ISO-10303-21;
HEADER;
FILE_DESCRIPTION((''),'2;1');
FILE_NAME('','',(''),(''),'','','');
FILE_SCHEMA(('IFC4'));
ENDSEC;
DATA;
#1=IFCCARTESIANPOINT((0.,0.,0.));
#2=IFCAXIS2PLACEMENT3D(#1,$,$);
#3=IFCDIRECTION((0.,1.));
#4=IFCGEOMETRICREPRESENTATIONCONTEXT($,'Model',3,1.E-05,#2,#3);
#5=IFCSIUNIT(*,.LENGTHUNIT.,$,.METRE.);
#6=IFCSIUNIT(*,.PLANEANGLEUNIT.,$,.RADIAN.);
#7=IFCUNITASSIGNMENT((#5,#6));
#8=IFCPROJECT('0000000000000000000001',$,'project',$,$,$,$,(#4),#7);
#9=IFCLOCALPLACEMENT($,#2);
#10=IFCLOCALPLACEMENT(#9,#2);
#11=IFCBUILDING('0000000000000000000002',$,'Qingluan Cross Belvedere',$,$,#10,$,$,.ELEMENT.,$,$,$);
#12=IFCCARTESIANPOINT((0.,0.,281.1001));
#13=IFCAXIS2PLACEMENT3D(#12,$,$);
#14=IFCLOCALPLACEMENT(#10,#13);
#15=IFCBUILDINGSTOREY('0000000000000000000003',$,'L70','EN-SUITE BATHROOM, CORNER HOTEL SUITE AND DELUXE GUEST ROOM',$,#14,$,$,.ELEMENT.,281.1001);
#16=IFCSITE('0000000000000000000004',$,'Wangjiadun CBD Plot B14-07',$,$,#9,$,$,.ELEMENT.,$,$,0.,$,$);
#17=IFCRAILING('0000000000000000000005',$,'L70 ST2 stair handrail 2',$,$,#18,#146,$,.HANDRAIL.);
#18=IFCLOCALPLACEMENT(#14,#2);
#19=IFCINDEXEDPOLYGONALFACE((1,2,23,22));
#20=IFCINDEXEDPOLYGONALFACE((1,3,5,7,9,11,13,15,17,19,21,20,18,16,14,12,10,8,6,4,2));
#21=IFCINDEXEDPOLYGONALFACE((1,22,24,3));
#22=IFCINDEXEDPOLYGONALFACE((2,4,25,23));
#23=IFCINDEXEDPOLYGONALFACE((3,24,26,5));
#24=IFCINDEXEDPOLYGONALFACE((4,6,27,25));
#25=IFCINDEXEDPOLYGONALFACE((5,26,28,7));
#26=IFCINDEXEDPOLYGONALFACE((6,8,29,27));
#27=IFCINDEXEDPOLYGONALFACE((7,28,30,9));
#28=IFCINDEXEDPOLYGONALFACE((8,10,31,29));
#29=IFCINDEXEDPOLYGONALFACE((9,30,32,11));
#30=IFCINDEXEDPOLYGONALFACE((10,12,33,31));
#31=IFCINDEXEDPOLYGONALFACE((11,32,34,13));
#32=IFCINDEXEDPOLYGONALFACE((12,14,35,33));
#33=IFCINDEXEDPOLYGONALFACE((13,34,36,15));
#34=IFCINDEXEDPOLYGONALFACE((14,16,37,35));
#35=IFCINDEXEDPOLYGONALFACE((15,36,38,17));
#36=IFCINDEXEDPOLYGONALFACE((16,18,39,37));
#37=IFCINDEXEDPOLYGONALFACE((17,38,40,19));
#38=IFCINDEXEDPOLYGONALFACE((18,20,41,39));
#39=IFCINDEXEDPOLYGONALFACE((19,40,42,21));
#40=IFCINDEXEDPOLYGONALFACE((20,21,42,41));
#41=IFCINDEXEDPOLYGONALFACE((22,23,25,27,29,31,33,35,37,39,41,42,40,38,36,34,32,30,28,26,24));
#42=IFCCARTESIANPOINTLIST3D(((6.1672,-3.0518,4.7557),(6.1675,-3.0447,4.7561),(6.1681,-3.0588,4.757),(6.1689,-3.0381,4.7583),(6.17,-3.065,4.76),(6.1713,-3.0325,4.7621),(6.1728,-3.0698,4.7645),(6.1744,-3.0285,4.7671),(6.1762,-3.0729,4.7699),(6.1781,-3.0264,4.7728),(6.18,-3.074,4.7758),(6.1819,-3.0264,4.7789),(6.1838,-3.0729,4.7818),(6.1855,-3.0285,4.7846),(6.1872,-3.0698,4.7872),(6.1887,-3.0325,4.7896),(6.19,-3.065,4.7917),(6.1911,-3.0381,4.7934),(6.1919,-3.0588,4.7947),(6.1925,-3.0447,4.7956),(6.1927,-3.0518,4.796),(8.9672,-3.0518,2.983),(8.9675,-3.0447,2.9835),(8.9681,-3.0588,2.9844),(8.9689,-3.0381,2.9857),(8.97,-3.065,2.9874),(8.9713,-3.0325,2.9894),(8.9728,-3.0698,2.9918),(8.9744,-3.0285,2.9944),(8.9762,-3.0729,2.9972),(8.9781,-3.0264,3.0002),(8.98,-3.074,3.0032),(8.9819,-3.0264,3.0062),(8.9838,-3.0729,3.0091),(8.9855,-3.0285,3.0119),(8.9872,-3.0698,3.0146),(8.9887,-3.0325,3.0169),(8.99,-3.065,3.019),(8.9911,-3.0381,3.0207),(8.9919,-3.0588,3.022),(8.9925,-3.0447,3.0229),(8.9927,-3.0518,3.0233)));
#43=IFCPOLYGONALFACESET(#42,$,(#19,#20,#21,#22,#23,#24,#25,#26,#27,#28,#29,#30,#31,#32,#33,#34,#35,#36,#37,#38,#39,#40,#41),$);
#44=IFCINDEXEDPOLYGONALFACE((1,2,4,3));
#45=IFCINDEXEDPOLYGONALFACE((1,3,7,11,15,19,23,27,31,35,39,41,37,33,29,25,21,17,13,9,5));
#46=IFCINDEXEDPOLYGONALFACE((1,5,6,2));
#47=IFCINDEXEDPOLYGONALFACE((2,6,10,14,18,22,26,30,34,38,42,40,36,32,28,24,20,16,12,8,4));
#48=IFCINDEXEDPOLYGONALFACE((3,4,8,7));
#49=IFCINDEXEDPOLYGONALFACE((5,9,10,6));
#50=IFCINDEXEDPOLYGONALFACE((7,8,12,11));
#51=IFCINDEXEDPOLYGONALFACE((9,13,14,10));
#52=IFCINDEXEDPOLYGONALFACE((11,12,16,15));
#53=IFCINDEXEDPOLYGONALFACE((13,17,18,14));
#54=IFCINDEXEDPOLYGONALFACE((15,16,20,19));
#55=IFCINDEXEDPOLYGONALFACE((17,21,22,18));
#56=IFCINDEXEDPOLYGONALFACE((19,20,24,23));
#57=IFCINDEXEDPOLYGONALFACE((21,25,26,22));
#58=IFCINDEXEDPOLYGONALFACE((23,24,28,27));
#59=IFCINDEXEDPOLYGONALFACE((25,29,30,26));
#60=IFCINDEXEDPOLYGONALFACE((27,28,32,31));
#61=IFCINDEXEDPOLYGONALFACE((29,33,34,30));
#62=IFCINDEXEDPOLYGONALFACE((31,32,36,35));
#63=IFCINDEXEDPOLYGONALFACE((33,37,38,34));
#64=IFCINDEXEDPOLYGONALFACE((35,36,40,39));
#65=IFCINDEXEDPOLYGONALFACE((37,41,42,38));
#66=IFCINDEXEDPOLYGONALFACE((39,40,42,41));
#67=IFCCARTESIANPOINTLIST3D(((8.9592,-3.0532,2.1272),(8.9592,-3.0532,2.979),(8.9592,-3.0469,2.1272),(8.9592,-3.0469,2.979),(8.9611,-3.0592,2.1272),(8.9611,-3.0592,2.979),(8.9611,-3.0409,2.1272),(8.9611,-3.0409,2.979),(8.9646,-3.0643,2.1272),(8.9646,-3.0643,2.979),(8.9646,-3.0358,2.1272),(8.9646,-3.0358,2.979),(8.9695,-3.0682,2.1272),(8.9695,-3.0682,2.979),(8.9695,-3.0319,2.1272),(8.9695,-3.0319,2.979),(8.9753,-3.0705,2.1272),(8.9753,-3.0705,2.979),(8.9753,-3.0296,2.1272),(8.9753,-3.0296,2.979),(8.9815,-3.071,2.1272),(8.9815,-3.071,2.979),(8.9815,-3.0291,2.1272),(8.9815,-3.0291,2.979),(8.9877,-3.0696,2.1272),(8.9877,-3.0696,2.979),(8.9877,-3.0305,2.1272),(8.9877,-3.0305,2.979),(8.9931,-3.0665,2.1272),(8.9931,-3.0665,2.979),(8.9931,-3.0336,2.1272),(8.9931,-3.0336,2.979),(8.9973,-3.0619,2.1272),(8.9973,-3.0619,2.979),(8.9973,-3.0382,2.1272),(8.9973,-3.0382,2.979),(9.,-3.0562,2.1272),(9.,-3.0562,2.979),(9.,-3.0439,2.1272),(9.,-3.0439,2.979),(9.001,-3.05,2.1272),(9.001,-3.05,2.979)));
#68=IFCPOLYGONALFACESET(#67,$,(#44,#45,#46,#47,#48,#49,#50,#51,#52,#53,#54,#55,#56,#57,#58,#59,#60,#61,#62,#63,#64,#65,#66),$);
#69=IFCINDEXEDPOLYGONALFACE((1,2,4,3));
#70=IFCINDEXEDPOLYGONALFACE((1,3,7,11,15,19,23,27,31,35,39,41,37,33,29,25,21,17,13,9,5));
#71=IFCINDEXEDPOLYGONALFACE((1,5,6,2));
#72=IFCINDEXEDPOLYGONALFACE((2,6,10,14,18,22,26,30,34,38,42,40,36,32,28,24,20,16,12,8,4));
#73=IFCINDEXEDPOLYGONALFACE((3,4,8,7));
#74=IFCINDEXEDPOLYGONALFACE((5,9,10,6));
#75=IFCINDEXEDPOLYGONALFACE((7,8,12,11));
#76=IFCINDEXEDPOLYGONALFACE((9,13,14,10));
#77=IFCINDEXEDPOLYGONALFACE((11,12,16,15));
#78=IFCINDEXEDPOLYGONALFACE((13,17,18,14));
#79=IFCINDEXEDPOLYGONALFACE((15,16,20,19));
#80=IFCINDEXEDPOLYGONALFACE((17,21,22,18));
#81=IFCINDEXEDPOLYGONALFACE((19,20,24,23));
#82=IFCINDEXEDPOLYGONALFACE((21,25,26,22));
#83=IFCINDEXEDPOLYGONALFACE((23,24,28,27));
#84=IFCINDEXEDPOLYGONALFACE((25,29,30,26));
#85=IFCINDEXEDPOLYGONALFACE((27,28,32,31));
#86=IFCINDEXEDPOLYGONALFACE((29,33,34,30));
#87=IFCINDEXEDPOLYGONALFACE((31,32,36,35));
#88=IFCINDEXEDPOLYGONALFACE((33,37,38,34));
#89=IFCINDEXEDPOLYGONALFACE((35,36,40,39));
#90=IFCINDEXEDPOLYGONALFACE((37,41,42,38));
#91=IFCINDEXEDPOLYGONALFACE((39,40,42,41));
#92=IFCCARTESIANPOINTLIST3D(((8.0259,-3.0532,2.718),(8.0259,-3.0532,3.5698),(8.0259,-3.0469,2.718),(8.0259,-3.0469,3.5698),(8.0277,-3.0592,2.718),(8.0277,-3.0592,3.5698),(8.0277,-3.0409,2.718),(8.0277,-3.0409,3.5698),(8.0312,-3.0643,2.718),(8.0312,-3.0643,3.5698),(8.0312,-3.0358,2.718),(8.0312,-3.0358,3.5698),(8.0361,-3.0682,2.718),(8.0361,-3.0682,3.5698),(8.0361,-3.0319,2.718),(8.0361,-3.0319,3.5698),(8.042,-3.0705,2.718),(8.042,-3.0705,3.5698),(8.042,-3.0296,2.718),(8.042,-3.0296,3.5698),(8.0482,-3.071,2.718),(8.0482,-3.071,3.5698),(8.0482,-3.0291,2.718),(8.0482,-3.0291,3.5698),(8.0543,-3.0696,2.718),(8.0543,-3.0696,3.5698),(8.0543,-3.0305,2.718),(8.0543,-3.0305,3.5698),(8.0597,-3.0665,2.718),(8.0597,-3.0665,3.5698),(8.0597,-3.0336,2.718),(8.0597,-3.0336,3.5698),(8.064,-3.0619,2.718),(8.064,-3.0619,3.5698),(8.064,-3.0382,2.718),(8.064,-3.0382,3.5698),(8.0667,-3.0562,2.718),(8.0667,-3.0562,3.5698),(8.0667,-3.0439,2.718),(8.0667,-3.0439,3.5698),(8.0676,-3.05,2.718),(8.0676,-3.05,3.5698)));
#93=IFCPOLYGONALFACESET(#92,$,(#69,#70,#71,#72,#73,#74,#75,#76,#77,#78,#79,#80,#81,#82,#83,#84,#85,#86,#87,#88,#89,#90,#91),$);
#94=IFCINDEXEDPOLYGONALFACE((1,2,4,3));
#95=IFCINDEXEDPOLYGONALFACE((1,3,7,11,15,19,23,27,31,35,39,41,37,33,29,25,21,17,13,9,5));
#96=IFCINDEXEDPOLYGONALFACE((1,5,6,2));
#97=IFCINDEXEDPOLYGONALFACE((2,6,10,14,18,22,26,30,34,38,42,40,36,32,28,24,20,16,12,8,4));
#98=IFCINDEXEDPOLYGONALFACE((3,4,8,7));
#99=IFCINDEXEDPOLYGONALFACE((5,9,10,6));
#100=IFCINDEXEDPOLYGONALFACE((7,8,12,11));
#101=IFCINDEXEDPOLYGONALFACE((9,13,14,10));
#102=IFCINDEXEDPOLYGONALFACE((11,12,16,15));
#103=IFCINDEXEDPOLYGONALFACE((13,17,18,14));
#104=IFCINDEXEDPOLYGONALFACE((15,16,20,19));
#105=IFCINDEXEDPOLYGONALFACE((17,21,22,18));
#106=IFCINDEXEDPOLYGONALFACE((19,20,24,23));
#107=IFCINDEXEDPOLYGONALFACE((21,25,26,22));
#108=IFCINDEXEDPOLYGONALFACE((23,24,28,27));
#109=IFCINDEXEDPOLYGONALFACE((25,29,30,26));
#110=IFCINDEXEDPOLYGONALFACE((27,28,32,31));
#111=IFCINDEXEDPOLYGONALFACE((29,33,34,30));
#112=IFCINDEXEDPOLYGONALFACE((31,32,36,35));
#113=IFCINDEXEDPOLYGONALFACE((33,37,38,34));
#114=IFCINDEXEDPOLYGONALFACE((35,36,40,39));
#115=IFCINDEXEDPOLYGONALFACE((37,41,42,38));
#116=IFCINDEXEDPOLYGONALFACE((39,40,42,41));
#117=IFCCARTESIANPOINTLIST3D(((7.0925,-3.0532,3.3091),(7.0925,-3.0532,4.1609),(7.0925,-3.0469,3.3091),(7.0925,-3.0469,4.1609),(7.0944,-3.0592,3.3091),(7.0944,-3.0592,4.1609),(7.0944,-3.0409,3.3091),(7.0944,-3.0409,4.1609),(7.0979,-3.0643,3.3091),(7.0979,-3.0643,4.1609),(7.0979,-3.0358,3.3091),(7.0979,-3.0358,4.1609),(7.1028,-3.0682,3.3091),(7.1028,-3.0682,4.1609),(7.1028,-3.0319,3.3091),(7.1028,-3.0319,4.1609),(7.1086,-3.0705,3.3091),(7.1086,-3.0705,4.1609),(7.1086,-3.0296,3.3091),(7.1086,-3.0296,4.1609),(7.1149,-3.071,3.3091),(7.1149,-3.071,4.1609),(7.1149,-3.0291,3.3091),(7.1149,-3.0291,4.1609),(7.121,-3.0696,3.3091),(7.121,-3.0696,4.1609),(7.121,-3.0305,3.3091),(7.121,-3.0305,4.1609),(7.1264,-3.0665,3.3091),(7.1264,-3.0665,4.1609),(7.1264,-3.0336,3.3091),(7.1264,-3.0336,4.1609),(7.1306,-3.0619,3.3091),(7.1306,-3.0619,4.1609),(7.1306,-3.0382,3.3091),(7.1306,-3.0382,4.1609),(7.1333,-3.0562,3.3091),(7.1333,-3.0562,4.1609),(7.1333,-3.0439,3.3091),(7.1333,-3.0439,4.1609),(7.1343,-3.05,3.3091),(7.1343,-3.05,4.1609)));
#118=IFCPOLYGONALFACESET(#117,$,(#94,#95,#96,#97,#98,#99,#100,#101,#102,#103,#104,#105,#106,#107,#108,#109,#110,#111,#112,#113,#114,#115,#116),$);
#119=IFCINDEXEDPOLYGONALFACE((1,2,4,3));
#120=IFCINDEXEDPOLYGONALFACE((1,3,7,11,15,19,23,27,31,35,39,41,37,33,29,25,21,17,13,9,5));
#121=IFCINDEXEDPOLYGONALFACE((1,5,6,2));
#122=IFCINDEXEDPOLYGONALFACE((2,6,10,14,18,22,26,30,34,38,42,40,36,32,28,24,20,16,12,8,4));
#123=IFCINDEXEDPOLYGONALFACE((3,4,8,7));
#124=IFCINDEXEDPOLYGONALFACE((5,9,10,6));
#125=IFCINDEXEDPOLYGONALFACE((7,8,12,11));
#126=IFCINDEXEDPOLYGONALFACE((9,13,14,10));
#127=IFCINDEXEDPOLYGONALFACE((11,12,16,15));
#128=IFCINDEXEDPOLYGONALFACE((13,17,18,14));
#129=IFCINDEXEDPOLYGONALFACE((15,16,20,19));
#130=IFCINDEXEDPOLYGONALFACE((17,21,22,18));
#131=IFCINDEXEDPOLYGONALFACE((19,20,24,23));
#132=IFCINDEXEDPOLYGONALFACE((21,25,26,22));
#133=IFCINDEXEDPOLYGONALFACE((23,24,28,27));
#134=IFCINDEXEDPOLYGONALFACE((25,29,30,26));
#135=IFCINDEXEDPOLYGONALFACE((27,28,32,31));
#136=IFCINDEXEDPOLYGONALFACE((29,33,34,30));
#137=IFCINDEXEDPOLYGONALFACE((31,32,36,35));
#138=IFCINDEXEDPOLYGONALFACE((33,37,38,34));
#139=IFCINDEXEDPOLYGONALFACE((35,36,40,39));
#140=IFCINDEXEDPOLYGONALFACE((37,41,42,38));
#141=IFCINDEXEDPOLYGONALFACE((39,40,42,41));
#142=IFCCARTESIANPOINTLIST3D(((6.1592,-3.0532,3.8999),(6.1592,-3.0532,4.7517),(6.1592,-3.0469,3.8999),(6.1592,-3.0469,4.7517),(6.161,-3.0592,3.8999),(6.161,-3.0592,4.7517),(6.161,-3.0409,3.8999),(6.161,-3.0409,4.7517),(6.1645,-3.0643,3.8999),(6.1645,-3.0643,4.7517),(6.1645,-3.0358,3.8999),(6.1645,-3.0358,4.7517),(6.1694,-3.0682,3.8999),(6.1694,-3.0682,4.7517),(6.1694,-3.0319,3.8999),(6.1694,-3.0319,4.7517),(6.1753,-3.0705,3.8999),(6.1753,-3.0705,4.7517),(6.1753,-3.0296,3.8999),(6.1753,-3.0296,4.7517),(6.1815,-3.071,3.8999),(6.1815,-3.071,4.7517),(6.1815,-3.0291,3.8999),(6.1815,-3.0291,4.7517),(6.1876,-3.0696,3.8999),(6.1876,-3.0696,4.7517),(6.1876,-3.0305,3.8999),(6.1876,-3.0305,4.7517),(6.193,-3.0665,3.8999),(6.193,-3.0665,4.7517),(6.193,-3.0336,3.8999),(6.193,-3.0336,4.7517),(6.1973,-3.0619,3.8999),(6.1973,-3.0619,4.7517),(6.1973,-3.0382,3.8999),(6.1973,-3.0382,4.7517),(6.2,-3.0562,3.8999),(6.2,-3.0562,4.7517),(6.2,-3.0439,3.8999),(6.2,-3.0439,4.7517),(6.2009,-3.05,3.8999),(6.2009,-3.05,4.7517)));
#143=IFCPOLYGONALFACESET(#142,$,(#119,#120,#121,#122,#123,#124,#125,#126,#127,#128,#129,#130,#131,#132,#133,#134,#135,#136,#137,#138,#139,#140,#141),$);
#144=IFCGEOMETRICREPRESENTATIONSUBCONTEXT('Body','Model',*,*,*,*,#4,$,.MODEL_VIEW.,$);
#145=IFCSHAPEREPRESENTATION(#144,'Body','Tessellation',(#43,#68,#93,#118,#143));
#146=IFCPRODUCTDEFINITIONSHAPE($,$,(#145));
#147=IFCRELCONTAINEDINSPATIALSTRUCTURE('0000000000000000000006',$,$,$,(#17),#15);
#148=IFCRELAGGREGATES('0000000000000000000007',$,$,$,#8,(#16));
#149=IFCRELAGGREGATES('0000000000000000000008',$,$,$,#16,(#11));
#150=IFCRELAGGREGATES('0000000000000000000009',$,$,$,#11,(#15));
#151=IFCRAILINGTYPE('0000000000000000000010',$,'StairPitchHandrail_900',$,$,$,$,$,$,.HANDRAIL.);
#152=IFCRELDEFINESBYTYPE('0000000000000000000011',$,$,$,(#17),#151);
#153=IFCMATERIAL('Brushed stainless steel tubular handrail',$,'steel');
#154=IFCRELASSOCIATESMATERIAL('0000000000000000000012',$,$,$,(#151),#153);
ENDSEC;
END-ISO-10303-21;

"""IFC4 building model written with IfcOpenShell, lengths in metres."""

from ifc_helpers import new_model, si_unit, direction, frame, origin, origin_2d, place, context, subcontext, project, spatial, circle, extrude, material, type_object, element, save


model = new_model("IFC4")

# Units and contexts
model_context = context("Model", 3, precision=1e-05, world=origin(), true_north=direction((0.0, 1.0)))
body_context = subcontext(model_context, "Body", "Model", "MODEL_VIEW")
ifc_project = project(units=[si_unit("LENGTHUNIT", "METRE"), si_unit("PLANEANGLEUNIT", "RADIAN")], contexts=[model_context])

# Site, building, storey
site_placement = place(None, origin())
site = spatial("IfcSite", under=ifc_project, at=site_placement, Name="Wangjiadun CBD Plot B14-07", CompositionType="ELEMENT", RefElevation=0.0)
building_placement = place(site_placement, origin())
building = spatial("IfcBuilding", under=site, at=building_placement, Name="Qingluan Cross Belvedere", CompositionType="ELEMENT")
storey_placement = place(building_placement, frame((0.0, 0.0, 281.1001)))
storey = spatial("IfcBuildingStorey", under=building, at=storey_placement, Name="L70", Description="EN-SUITE BATHROOM, CORNER HOTEL SUITE AND DELUXE GUEST ROOM", CompositionType="ELEMENT", Elevation=281.1001)

# Railing
ifc_material_1 = material(Name="Brushed stainless steel tubular handrail", Category="steel")
railing_type_1 = type_object("IfcRailingType", Name="StairPitchHandrail_900", PredefinedType="HANDRAIL", material=ifc_material_1)
railing_1_placement = place(storey_placement, frame((8.98, -3.05, 2.1272)))
element("IfcRailing", 1, at=railing_1_placement, inside=storey, type_object=railing_type_1, Name="L70 ST2 stair handrail 2", PredefinedType="HANDRAIL", context=body_context, shape_type="SweptSolid", body=[
    extrude(circle(Radius=0.0239, at=origin_2d()), frame((0.0, 0.0, 0.876), z_axis=(-0.844909, 0.0, 0.53491), x_axis=(0.0, -1.0, 0.0)), (0.0, 0.0, 1.0), 3.314),
    extrude(circle(Radius=0.021, at=origin_2d()), origin(), (0.0, 0.0, 1.0), 0.8518),
    extrude(circle(Radius=0.021, at=origin_2d()), frame((-0.9333, 0.0, 0.5908)), (0.0, 0.0, 1.0), 0.8518),
    extrude(circle(Radius=0.021, at=origin_2d()), frame((-1.8667, 0.0, 1.1819)), (0.0, 0.0, 1.0), 0.8518),
    extrude(circle(Radius=0.021, at=origin_2d()), frame((-2.8, 0.0, 1.7727)), (0.0, 0.0, 1.0), 0.8518),
])

save(model, "model.ifc")
